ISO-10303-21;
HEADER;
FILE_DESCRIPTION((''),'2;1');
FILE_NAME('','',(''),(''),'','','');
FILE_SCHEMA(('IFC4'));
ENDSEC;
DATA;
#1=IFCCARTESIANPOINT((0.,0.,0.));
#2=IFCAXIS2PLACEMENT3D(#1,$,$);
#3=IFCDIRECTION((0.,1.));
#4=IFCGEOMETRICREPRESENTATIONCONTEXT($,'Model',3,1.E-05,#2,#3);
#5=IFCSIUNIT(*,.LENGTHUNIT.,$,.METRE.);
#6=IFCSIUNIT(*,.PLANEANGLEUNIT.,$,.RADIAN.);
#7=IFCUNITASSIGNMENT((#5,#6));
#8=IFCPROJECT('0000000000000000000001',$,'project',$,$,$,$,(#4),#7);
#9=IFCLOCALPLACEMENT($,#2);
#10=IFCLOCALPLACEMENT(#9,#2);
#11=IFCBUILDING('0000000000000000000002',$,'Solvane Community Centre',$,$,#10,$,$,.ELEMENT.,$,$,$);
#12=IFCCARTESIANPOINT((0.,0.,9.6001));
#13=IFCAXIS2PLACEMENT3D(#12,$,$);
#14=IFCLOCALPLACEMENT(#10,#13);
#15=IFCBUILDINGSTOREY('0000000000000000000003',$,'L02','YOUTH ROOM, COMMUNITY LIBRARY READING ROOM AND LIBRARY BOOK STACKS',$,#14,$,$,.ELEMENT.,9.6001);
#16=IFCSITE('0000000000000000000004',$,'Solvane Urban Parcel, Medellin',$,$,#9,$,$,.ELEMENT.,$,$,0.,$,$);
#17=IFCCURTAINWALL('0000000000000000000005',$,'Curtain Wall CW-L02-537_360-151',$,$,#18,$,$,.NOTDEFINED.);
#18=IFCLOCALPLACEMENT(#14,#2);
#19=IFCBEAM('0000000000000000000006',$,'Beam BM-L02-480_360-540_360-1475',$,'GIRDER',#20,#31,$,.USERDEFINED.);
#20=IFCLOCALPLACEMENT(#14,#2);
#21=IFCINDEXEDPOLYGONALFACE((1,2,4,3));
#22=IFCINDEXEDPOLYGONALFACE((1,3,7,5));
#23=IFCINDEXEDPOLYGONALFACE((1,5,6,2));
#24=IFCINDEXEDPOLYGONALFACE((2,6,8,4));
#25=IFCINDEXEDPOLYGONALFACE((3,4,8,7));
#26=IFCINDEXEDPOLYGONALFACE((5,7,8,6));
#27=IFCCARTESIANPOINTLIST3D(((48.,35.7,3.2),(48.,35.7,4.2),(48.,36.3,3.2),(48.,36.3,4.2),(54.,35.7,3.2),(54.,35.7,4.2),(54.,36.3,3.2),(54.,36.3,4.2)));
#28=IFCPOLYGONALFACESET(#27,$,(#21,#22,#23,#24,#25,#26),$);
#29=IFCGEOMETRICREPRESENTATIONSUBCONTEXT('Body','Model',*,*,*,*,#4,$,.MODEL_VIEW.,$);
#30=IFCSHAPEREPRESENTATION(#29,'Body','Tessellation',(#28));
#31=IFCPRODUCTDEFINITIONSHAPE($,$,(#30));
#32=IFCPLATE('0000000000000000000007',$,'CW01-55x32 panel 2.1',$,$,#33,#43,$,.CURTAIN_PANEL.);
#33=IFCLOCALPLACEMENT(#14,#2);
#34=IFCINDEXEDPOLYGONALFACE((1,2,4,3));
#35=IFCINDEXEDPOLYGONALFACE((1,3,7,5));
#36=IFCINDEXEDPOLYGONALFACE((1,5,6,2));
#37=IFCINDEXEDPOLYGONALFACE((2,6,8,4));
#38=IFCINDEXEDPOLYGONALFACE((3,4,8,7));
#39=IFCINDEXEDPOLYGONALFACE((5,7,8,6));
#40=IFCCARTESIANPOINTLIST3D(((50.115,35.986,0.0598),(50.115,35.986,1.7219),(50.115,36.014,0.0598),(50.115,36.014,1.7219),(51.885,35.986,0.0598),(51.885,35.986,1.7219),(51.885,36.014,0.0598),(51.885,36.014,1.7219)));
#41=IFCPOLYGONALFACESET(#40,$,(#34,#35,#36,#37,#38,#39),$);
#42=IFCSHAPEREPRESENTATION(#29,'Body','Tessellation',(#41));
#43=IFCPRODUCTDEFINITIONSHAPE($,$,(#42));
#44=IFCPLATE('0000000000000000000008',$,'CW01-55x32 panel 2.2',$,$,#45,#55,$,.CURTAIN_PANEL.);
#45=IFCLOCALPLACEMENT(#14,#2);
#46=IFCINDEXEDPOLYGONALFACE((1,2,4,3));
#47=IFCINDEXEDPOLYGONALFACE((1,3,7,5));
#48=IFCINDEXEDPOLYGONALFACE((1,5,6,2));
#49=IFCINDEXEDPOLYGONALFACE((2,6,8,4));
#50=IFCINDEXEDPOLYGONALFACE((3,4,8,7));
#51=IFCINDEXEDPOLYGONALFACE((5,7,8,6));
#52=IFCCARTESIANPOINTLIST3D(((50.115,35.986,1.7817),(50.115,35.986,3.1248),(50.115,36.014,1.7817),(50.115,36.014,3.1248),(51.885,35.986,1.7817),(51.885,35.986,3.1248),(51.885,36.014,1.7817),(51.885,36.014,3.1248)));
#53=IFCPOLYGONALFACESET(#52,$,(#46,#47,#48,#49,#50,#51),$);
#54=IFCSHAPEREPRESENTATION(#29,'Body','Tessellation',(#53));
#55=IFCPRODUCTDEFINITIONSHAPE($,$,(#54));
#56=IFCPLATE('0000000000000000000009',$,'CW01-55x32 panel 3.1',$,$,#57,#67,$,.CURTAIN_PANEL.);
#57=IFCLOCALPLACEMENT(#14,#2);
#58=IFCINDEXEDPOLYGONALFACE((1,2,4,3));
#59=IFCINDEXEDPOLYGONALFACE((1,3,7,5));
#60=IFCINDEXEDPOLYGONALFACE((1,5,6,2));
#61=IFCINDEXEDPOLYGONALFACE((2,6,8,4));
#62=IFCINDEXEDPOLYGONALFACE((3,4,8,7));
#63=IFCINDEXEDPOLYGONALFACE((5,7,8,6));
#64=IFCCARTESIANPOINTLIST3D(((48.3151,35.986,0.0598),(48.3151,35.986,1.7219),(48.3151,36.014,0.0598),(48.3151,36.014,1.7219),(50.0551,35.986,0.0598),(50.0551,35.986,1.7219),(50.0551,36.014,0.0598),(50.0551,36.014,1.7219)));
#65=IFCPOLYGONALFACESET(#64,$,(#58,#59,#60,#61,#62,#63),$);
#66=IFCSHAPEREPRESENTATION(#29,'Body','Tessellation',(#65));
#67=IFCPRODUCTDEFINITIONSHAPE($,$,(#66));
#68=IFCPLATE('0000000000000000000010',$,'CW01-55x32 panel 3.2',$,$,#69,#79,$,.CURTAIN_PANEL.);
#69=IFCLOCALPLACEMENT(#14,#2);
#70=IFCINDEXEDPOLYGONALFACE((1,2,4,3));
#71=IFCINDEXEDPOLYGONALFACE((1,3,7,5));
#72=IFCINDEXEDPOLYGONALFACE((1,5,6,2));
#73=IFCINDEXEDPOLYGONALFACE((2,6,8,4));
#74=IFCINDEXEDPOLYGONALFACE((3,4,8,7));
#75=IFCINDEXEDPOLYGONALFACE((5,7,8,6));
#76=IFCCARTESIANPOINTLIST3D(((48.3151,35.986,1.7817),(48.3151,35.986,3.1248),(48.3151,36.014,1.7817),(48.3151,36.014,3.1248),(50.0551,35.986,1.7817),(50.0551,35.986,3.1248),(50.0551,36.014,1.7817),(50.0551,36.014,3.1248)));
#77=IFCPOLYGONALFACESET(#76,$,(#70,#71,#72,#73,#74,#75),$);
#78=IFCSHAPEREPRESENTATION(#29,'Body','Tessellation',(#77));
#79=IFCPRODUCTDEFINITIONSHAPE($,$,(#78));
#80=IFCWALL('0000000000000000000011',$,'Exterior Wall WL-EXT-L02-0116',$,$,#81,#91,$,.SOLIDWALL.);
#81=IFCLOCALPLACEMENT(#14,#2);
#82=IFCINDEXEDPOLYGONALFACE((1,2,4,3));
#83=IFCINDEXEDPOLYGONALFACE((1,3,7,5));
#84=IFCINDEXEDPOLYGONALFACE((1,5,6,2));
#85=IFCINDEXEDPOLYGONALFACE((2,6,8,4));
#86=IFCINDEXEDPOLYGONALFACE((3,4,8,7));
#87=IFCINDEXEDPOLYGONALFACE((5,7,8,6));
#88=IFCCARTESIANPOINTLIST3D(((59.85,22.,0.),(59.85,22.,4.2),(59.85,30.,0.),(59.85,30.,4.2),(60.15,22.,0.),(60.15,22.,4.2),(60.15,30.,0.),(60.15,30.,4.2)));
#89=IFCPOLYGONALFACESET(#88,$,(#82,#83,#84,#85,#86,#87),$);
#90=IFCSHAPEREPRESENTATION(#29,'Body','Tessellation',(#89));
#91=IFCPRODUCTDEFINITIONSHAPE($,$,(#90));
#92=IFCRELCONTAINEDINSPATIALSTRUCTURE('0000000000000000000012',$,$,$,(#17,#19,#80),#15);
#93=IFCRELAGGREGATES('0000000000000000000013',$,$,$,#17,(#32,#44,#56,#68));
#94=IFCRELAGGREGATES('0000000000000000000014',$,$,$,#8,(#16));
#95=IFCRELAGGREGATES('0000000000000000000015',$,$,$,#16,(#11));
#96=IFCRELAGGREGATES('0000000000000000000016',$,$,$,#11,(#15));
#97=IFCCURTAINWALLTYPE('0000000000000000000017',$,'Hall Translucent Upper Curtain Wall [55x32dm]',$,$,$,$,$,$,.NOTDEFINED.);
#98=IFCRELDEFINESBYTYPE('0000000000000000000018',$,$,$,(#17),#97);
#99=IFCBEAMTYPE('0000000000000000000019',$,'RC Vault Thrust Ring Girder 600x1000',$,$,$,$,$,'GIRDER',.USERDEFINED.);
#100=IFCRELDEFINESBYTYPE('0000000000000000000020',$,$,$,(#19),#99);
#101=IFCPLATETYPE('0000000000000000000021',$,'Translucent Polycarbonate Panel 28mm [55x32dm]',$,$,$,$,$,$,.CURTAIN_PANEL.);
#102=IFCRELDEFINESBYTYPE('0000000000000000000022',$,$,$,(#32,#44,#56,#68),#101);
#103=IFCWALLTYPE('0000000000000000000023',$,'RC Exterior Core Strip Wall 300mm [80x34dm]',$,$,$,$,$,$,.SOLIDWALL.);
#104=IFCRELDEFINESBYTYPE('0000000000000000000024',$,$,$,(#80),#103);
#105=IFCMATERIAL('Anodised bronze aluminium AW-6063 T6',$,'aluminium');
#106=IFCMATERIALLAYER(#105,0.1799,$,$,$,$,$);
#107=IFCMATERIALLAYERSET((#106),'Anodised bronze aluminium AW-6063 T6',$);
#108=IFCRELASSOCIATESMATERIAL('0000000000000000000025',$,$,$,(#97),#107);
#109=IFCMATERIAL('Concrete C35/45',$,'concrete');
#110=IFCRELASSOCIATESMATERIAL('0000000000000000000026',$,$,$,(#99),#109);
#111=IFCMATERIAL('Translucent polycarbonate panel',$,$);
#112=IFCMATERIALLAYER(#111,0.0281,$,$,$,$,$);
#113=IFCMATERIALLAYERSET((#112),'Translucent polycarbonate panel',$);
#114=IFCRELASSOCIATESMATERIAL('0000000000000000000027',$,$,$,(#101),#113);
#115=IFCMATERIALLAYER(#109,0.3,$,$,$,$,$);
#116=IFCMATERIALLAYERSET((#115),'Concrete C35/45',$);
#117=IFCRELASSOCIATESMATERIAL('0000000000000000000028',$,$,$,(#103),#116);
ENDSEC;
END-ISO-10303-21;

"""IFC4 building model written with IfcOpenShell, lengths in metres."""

from ifc_helpers import new_model, si_unit, direction, frame, frame_2d, origin, origin_2d, place, context, subcontext, project, spatial, rectangle, extrude, material, layer, layer_set, material_profile, profile_set, type_object, element, aggregate, save


model = new_model("IFC4")

# Units and contexts
model_context = context("Model", 3, precision=1e-05, world=origin(), true_north=direction((0.0, 1.0)))
body_context = subcontext(model_context, "Body", "Model", "MODEL_VIEW")
ifc_project = project(units=[si_unit("LENGTHUNIT", "METRE"), si_unit("PLANEANGLEUNIT", "RADIAN")], contexts=[model_context])

# Site, building, storey
site_placement = place(None, origin())
site = spatial("IfcSite", under=ifc_project, at=site_placement, Name="Solvane Urban Parcel, Medellin", CompositionType="ELEMENT", RefElevation=0.0)
building_placement = place(site_placement, origin())
building = spatial("IfcBuilding", under=site, at=building_placement, Name="Solvane Community Centre", CompositionType="ELEMENT")
storey_placement = place(building_placement, frame((0.0, 0.0, 9.6001)))
storey = spatial("IfcBuildingStorey", under=building, at=storey_placement, Name="L02", Description="YOUTH ROOM, COMMUNITY LIBRARY READING ROOM AND LIBRARY BOOK STACKS", CompositionType="ELEMENT", Elevation=9.6001)

# Curtain wall
ifc_material_1 = material(Name="Anodised bronze aluminium AW-6063 T6", Category="aluminium")
ifc_layer_1 = layer(ifc_material_1, 0.1799)
ifc_layer_set_1 = layer_set([ifc_layer_1], Name="Anodised bronze aluminium AW-6063 T6")
curtain_wall_type = type_object("IfcCurtainWallType", Name="Hall Translucent Upper Curtain Wall [55x32dm]", PredefinedType="NOTDEFINED", material=ifc_layer_set_1)
curtain_wall_placement = place(storey_placement, origin())
curtain_wall = element("IfcCurtainWall", 1, at=curtain_wall_placement, inside=storey, type_object=curtain_wall_type, Name="Curtain Wall CW-L02-537_360-151", PredefinedType="NOTDEFINED")

# Beam
ifc_material_2 = material(Name="Concrete C35/45", Category="concrete")
ifc_material_profile_1 = material_profile(ifc_material_2, rectangle(XDim=0.6001, YDim=1.0, at=origin_2d()), Name="RC 600x1000")
ifc_profile_set_1 = profile_set([ifc_material_profile_1], Name="Concrete C35/45")
beam_type_1 = type_object("IfcBeamType", Name="RC Vault Thrust Ring Girder 600x1000", ElementType="GIRDER", PredefinedType="USERDEFINED", material=ifc_profile_set_1)
for number, where, z_axis, x_axis, name in (
    (2, (48.0, 36.0, 3.7), (1.0, 0.0, 0.0), (0.0, 1.0, 0.0), "Beam BM-L02-480_360-540_360-1475"),
):
    element("IfcBeam", number, at=place(storey_placement, frame(where, z_axis=z_axis, x_axis=x_axis)), inside=storey, type_object=beam_type_1, Name=name, ObjectType="GIRDER", PredefinedType="USERDEFINED", context=body_context, shape_type="SweptSolid", body=[
        extrude(rectangle(XDim=0.6001, YDim=1.0, at=origin_2d()), origin(), (0.0, 0.0, 1.0), 6.0),
    ])

# Plates
ifc_material_3 = material(Name="Translucent polycarbonate panel")
ifc_layer_2 = layer(ifc_material_3, 0.0281)
ifc_layer_set_2 = layer_set([ifc_layer_2], Name="Translucent polycarbonate panel")
plate_type = type_object("IfcPlateType", Name="Translucent Polycarbonate Panel 28mm [55x32dm]", PredefinedType="CURTAIN_PANEL", material=ifc_layer_set_2)
plate_1_placement = place(storey_placement, frame((51.0, 36.0, 0.0598), z_axis=(0.0, 0.0, 1.0), x_axis=(-1.0, 0.0, 0.0)))
plate_1 = element("IfcPlate", 3, at=plate_1_placement, type_object=plate_type, Name="CW01-55x32 panel 2.1", PredefinedType="CURTAIN_PANEL", context=body_context, shape_type="SweptSolid", body=[
    extrude(rectangle(XDim=1.77, YDim=0.0281, at=origin_2d()), origin(), (0.0, 0.0, 1.0), 1.6621),
])
plate_2_placement = place(storey_placement, frame((51.0, 36.0, 1.7817), z_axis=(0.0, 0.0, 1.0), x_axis=(-1.0, 0.0, 0.0)))
plate_2 = element("IfcPlate", 4, at=plate_2_placement, type_object=plate_type, Name="CW01-55x32 panel 2.2", PredefinedType="CURTAIN_PANEL", context=body_context, shape_type="SweptSolid", body=[
    extrude(rectangle(XDim=1.77, YDim=0.0281, at=origin_2d()), origin(), (0.0, 0.0, 1.0), 1.343),
])
plate_3_placement = place(storey_placement, frame((49.1851, 36.0, 0.0598), z_axis=(0.0, 0.0, 1.0), x_axis=(-1.0, 0.0, 0.0)))
plate_3 = element("IfcPlate", 5, at=plate_3_placement, type_object=plate_type, Name="CW01-55x32 panel 3.1", PredefinedType="CURTAIN_PANEL", context=body_context, shape_type="SweptSolid", body=[
    extrude(rectangle(XDim=1.74, YDim=0.0281, at=origin_2d()), origin(), (0.0, 0.0, 1.0), 1.6621),
])
plate_4_placement = place(storey_placement, frame((49.1851, 36.0, 1.7817), z_axis=(0.0, 0.0, 1.0), x_axis=(-1.0, 0.0, 0.0)))
plate_4 = element("IfcPlate", 6, at=plate_4_placement, type_object=plate_type, Name="CW01-55x32 panel 3.2", PredefinedType="CURTAIN_PANEL", context=body_context, shape_type="SweptSolid", body=[
    extrude(rectangle(XDim=1.74, YDim=0.0281, at=origin_2d()), origin(), (0.0, 0.0, 1.0), 1.343),
])
aggregate(curtain_wall, [plate_1, plate_2, plate_3, plate_4])

# Wall
ifc_layer_3 = layer(ifc_material_2, 0.3)
ifc_layer_set_3 = layer_set([ifc_layer_3], Name="Concrete C35/45")
wall_type = type_object("IfcWallType", Name="RC Exterior Core Strip Wall 300mm [80x34dm]", PredefinedType="SOLIDWALL", material=ifc_layer_set_3)
wall_placement = place(storey_placement, frame((60.0, 22.0, 0.0), z_axis=(0.0, 0.0, 1.0), x_axis=(0.0, 1.0, 0.0)))
element("IfcWall", 7, at=wall_placement, inside=storey, type_object=wall_type, Name="Exterior Wall WL-EXT-L02-0116", PredefinedType="SOLIDWALL", context=body_context, shape_type="SweptSolid", body=[
    extrude(rectangle(XDim=8.0, YDim=0.3, at=frame_2d((4.0, 0.0))), origin(), (0.0, 0.0, 1.0), 4.2),
])

save(model, "model.ifc")
